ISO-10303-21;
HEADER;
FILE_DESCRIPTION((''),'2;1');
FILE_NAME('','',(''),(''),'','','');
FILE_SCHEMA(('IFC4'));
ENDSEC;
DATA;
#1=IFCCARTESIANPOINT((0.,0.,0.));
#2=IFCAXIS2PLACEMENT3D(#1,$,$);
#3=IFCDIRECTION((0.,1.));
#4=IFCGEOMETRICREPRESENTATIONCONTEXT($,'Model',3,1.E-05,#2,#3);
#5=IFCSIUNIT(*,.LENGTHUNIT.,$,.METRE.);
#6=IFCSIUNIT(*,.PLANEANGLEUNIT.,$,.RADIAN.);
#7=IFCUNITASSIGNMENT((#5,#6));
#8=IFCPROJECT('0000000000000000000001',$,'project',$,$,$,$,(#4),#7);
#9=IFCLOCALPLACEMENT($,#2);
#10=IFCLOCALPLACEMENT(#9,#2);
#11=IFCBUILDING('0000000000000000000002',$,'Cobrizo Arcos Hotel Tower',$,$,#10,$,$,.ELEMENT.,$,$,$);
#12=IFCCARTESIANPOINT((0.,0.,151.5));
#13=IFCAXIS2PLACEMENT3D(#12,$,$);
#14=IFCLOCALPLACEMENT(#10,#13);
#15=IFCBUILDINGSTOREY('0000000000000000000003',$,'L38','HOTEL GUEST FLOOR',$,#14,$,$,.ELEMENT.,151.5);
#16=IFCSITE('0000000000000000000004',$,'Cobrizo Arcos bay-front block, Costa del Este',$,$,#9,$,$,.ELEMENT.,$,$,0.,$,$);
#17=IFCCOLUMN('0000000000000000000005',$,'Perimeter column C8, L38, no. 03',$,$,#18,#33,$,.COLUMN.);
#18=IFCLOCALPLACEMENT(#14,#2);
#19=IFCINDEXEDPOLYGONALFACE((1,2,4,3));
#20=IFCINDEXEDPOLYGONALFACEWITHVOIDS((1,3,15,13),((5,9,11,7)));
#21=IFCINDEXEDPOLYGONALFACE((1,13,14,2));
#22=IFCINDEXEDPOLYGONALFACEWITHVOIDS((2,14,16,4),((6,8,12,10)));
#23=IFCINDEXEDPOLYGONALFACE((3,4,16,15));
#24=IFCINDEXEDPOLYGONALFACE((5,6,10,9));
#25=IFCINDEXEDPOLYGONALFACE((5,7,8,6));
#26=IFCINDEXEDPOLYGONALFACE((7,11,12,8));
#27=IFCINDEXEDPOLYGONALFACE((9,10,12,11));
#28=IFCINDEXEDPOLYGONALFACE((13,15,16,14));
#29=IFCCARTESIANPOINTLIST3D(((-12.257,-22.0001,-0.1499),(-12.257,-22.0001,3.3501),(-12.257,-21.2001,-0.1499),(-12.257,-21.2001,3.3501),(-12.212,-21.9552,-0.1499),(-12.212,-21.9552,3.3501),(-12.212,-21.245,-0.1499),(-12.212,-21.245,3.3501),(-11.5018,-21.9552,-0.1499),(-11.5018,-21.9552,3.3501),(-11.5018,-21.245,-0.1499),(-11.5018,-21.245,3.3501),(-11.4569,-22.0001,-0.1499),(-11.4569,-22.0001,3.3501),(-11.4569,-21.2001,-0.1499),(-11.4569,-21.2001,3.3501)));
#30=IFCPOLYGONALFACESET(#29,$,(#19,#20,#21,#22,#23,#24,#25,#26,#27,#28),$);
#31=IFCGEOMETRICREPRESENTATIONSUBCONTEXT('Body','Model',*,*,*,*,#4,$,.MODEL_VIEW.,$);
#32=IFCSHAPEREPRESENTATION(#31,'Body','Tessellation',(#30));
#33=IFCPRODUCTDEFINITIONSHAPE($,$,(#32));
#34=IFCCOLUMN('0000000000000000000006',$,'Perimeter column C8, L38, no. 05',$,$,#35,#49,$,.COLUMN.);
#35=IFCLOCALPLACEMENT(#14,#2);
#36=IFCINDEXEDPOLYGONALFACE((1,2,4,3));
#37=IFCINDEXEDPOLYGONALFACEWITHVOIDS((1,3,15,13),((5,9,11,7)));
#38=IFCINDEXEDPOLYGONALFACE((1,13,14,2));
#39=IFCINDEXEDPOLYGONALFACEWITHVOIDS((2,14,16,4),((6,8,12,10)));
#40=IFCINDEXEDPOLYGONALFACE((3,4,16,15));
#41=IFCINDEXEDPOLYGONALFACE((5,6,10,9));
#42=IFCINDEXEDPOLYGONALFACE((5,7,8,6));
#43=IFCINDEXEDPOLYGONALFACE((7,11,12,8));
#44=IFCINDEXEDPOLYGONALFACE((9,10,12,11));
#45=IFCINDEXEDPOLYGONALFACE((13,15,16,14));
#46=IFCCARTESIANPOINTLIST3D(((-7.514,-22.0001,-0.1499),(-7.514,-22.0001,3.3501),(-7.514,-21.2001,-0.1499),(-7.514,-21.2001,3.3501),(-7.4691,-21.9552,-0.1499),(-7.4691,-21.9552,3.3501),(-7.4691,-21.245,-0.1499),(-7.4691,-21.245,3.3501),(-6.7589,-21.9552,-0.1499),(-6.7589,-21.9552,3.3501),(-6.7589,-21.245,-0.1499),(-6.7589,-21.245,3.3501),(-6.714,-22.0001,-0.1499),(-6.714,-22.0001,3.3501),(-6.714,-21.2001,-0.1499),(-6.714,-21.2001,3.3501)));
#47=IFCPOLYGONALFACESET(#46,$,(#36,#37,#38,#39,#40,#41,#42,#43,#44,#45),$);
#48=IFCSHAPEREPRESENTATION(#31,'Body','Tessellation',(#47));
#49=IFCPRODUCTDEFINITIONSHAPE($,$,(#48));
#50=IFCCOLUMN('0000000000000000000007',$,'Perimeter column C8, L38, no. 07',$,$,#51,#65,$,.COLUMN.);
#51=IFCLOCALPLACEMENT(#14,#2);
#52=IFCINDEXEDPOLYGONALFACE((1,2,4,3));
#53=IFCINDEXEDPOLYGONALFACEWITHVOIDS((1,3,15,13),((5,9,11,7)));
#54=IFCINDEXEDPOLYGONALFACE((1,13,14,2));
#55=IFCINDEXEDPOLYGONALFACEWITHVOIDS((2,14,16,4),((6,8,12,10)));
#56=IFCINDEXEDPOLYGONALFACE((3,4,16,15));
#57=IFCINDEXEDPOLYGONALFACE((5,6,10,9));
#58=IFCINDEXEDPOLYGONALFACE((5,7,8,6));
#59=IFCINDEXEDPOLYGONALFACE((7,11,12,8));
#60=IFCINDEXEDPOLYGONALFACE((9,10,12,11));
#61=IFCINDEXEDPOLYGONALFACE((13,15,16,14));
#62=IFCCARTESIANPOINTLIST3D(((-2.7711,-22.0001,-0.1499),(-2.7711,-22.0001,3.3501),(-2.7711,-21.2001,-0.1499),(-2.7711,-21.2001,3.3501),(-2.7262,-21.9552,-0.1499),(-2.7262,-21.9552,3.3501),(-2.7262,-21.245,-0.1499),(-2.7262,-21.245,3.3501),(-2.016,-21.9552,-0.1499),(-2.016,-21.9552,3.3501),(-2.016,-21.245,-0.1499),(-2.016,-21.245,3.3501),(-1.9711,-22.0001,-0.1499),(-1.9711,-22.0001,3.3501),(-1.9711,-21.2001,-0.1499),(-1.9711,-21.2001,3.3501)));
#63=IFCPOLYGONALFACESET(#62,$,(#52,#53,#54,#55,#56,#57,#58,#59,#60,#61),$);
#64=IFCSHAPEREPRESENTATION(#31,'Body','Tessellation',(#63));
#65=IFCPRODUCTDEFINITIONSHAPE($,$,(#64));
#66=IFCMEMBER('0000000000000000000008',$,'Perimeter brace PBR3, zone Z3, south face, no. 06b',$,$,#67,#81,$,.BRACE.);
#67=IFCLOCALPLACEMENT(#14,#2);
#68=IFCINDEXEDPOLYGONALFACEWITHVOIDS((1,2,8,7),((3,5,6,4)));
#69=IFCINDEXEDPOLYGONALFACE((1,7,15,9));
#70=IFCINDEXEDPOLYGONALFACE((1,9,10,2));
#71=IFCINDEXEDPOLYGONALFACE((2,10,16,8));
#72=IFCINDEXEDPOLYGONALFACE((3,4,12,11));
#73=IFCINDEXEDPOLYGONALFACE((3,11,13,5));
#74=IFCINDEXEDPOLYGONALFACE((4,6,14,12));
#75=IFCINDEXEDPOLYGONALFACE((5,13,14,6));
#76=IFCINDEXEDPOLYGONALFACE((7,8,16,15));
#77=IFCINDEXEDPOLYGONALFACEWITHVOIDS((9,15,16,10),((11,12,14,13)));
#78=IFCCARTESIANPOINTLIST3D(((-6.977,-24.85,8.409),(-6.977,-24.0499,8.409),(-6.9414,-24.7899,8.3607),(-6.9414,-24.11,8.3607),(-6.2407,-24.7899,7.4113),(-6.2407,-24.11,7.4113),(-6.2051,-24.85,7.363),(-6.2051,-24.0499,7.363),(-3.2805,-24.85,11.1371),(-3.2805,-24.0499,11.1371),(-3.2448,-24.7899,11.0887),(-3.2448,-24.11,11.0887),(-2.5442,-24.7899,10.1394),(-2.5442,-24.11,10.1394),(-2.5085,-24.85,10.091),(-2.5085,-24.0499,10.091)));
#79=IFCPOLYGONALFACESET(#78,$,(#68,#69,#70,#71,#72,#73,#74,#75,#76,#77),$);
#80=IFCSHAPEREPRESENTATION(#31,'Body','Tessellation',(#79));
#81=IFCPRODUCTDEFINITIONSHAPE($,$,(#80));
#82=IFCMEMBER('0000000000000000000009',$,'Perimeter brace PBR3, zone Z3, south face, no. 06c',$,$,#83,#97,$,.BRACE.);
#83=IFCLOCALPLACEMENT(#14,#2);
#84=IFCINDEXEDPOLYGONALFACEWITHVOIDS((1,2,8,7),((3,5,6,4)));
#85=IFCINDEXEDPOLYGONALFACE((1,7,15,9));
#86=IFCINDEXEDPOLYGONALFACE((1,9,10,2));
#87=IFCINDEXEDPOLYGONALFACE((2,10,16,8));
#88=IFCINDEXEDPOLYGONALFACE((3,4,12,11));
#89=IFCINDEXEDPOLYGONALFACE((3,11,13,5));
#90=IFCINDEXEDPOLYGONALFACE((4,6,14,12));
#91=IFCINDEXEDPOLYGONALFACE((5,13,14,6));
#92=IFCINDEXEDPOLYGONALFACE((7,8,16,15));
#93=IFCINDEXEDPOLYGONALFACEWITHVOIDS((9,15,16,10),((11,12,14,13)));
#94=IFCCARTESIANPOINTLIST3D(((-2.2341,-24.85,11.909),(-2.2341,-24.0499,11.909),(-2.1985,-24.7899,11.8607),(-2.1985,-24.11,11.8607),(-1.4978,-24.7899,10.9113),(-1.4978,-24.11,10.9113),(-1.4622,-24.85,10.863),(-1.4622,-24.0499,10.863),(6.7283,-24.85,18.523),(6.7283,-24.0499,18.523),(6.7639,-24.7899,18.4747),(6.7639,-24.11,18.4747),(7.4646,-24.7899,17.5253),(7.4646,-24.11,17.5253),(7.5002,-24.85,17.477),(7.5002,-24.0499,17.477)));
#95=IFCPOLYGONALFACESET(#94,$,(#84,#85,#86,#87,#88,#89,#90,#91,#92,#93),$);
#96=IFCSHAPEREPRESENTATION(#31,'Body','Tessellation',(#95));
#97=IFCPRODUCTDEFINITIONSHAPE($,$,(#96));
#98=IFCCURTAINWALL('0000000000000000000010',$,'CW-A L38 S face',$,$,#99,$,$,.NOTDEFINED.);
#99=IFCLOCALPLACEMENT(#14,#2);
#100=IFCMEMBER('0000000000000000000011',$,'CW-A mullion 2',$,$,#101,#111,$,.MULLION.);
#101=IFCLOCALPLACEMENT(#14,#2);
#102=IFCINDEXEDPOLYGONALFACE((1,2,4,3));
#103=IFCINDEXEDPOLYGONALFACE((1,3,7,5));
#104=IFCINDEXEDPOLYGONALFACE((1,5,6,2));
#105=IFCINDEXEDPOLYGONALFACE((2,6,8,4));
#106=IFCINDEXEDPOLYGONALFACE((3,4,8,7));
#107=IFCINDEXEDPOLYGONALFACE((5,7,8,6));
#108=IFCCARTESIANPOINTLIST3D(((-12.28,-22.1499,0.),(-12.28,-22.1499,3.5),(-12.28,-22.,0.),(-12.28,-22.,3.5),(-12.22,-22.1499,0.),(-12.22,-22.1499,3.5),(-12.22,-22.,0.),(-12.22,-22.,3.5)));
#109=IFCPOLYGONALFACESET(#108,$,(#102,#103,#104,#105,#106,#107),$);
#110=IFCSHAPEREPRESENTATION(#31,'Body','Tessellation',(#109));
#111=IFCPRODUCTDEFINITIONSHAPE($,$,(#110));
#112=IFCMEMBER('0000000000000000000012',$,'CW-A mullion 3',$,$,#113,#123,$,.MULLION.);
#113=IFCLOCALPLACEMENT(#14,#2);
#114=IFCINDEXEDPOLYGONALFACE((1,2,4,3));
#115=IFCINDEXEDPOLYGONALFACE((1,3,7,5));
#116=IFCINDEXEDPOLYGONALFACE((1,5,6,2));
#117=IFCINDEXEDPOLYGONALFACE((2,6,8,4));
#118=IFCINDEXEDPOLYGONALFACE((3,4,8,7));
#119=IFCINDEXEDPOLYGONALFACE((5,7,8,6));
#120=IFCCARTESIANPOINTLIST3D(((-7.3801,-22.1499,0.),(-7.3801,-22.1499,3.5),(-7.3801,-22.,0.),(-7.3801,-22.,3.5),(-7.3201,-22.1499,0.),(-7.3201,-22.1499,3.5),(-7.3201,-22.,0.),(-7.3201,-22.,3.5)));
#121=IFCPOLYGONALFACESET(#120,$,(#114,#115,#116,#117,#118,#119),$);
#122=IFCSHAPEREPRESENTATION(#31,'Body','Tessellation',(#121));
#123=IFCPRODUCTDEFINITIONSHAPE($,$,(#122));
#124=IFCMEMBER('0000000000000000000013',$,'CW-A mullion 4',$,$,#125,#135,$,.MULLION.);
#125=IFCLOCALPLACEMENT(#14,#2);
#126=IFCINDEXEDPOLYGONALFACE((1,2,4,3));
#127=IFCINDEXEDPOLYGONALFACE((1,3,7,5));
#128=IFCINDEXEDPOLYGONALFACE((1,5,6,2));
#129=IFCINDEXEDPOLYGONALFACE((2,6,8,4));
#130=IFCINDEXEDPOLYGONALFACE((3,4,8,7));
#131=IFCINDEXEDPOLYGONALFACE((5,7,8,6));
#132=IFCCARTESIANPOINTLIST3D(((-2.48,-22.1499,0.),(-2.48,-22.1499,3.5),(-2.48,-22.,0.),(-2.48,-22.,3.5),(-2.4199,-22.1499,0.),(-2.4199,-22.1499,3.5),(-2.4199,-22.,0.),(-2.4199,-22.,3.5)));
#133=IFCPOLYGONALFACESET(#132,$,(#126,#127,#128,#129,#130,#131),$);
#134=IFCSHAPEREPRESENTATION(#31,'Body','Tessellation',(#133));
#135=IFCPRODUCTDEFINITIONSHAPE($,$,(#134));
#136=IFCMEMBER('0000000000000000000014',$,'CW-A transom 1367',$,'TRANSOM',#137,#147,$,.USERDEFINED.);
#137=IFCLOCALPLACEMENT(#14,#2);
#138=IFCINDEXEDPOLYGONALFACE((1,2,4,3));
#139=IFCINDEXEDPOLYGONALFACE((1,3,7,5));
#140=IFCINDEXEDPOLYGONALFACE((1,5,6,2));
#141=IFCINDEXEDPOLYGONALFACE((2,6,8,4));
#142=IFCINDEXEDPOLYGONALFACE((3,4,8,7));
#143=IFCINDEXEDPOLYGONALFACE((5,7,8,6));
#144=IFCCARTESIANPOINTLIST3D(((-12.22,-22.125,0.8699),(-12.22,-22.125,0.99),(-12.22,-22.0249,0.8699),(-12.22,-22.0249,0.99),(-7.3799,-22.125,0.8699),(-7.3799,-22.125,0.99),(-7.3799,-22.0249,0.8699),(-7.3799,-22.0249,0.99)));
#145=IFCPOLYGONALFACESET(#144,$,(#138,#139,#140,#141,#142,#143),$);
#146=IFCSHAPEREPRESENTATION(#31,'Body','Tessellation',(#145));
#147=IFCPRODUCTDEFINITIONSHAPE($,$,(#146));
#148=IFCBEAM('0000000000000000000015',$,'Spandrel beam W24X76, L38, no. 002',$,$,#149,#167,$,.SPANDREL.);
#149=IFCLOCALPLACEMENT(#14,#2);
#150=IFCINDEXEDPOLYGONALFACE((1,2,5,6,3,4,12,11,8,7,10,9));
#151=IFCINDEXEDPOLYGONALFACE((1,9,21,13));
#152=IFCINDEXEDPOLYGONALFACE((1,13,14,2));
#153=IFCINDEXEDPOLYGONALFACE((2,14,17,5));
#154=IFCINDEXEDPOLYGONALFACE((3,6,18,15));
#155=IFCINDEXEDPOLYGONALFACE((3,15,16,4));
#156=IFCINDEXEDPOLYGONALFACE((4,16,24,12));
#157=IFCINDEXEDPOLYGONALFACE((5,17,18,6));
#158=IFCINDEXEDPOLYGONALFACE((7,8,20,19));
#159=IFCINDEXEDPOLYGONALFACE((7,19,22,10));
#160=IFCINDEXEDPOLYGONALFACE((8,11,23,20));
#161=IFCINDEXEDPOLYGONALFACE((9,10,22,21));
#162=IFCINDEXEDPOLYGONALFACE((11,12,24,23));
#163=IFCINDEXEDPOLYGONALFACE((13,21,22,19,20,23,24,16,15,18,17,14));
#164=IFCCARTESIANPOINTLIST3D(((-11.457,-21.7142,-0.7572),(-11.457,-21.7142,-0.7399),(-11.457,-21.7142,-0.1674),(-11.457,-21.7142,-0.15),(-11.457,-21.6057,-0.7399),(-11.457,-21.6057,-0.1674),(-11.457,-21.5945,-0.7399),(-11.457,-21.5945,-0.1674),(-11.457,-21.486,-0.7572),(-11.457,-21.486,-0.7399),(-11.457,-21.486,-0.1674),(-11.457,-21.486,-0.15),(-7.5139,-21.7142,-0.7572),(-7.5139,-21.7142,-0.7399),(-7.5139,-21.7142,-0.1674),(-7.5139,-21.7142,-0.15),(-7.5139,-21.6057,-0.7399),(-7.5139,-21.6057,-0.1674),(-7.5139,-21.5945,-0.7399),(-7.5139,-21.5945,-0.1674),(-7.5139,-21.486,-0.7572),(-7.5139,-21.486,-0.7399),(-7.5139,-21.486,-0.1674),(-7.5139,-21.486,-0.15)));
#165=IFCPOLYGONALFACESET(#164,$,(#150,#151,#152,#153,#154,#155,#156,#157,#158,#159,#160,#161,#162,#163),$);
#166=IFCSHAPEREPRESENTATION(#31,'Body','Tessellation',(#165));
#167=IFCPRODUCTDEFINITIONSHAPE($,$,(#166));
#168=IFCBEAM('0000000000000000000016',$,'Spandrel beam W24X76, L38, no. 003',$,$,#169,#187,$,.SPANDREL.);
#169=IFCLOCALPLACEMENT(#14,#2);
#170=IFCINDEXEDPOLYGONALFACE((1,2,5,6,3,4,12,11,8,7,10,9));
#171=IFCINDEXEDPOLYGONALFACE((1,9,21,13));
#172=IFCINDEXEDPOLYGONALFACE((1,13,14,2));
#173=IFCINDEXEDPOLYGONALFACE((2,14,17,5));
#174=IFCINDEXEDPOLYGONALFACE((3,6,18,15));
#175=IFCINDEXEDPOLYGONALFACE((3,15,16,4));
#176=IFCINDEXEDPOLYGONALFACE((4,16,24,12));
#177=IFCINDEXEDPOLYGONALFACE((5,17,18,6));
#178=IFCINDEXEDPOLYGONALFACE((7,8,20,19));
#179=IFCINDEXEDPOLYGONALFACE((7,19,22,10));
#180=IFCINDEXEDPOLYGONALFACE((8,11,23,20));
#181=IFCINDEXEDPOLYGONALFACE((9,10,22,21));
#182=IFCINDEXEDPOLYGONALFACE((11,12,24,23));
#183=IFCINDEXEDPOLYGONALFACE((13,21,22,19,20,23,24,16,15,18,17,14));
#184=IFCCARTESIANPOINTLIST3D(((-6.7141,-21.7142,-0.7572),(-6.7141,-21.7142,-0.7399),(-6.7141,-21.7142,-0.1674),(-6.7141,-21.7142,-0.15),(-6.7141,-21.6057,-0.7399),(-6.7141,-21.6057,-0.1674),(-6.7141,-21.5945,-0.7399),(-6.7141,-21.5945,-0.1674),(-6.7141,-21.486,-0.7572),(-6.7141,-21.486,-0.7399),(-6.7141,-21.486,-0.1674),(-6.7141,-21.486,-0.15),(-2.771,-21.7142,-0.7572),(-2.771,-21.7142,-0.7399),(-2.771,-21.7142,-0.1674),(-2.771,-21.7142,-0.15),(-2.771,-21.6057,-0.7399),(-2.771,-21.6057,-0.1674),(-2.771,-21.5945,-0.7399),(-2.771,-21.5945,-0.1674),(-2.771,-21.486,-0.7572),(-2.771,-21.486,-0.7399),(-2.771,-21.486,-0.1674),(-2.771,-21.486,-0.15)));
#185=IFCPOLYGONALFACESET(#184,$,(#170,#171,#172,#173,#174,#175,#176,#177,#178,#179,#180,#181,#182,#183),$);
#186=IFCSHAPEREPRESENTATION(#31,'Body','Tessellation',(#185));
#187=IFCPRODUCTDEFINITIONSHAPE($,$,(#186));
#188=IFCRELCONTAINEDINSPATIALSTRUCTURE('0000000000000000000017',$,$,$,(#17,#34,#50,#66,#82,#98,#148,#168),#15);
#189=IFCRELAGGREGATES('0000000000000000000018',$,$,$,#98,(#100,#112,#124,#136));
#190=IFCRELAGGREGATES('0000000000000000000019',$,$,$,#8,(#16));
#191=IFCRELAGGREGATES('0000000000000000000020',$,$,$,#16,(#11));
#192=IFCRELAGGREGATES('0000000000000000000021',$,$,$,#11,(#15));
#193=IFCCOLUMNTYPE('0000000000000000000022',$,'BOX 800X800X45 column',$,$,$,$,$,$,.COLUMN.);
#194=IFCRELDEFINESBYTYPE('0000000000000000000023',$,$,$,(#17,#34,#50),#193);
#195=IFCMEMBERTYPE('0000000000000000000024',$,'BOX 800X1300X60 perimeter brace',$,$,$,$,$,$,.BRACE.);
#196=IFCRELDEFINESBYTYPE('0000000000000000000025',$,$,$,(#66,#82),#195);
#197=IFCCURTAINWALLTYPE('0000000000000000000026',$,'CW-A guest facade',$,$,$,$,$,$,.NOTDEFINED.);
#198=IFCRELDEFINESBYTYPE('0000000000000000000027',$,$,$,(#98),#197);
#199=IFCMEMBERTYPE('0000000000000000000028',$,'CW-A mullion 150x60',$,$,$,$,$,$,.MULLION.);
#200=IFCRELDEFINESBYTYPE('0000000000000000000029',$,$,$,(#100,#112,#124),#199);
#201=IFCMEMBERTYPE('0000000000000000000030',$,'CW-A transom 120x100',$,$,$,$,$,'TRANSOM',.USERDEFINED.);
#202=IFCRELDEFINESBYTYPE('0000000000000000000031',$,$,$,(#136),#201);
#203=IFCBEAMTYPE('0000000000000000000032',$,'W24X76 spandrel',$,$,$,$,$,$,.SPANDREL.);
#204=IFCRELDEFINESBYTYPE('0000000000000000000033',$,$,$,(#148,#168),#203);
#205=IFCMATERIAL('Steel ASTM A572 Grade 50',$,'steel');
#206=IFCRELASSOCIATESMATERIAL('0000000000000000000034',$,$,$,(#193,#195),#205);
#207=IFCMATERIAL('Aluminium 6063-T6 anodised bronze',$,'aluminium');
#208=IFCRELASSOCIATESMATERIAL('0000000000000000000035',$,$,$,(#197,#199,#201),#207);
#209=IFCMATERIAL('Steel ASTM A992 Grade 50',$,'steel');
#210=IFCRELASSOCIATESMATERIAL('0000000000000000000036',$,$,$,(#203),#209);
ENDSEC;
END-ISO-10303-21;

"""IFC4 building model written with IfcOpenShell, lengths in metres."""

from ifc_helpers import new_model, si_unit, direction, frame, origin, origin_2d, place, context, subcontext, project, spatial, rectangle, hollow_rectangle, i_section, extrude, material, material_profile, profile_set, type_object, element, aggregate, save


model = new_model("IFC4")

# Units and contexts
model_context = context("Model", 3, precision=1e-05, world=origin(), true_north=direction((0.0, 1.0)))
body_context = subcontext(model_context, "Body", "Model", "MODEL_VIEW")
ifc_project = project(units=[si_unit("LENGTHUNIT", "METRE"), si_unit("PLANEANGLEUNIT", "RADIAN")], contexts=[model_context])

# Site, building, storey
site_placement = place(None, origin())
site = spatial("IfcSite", under=ifc_project, at=site_placement, Name="Cobrizo Arcos bay-front block, Costa del Este", CompositionType="ELEMENT", RefElevation=0.0)
building_placement = place(site_placement, origin())
building = spatial("IfcBuilding", under=site, at=building_placement, Name="Cobrizo Arcos Hotel Tower", CompositionType="ELEMENT")
storey_placement = place(building_placement, frame((0.0, 0.0, 151.5)))
storey = spatial("IfcBuildingStorey", under=building, at=storey_placement, Name="L38", Description="HOTEL GUEST FLOOR", CompositionType="ELEMENT", Elevation=151.5)

# Columns
ifc_material_1 = material(Name="Steel ASTM A572 Grade 50", Category="steel")
ifc_material_profile_1 = material_profile(ifc_material_1, hollow_rectangle(XDim=0.8, YDim=0.8, WallThickness=0.0449, at=origin_2d()), Name="BOX 800X800X45")
ifc_profile_set_1 = profile_set([ifc_material_profile_1], Name="Steel ASTM A572 Grade 50")
column_type = type_object("IfcColumnType", Name="BOX 800X800X45 column", PredefinedType="COLUMN", material=ifc_profile_set_1)
for number, where, z_axis, x_axis, name in (
    (1, (-11.8569, -21.6001, -0.1499), (0.0, 0.0, 1.0), (1.0, 0.0, 0.0), "Perimeter column C8, L38, no. 03"),
    (2, (-7.114, -21.6001, -0.1499), (0.0, 0.0, 1.0), (1.0, 0.0, 0.0), "Perimeter column C8, L38, no. 05"),
    (3, (-2.3711, -21.6001, -0.1499), (0.0, 0.0, 1.0), (1.0, 0.0, 0.0), "Perimeter column C8, L38, no. 07"),
):
    element("IfcColumn", number, at=place(storey_placement, frame(where, z_axis=z_axis, x_axis=x_axis)), inside=storey, type_object=column_type, Name=name, PredefinedType="COLUMN", context=body_context, shape_type="SweptSolid", body=[
        extrude(hollow_rectangle(XDim=0.8, YDim=0.8, WallThickness=0.0449, at=origin_2d()), origin(), (0.0, 0.0, 1.0), 3.5),
    ])

# Members
ifc_material_profile_2 = material_profile(ifc_material_1, hollow_rectangle(XDim=0.8, YDim=1.3, WallThickness=0.0601, at=origin_2d()), Name="BOX 800X1300X60")
ifc_profile_set_2 = profile_set([ifc_material_profile_2], Name="Steel ASTM A572 Grade 50")
member_type_1 = type_object("IfcMemberType", Name="BOX 800X1300X60 perimeter brace", PredefinedType="BRACE", material=ifc_profile_set_2)
member_1_placement = place(storey_placement, frame((-6.5911, -24.45, 7.886), z_axis=(0.804612, 0.0, 0.593801), x_axis=(0.0, 1.0, 0.0)))
element("IfcMember", 4, at=member_1_placement, inside=storey, type_object=member_type_1, Name="Perimeter brace PBR3, zone Z3, south face, no. 06b", PredefinedType="BRACE", context=body_context, shape_type="SweptSolid", body=[
    extrude(hollow_rectangle(XDim=0.8, YDim=1.3, WallThickness=0.0601, at=origin_2d()), origin(), (0.0, 0.0, 1.0), 4.5942),
])
member_2_placement = place(storey_placement, frame((-1.8481, -24.45, 11.386), z_axis=(0.804621, 0.0, 0.593789), x_axis=(0.0, 1.0, 0.0)))
element("IfcMember", 5, at=member_2_placement, inside=storey, type_object=member_type_1, Name="Perimeter brace PBR3, zone Z3, south face, no. 06c", PredefinedType="BRACE", context=body_context, shape_type="SweptSolid", body=[
    extrude(hollow_rectangle(XDim=0.8, YDim=1.3, WallThickness=0.0601, at=origin_2d()), origin(), (0.0, 0.0, 1.0), 11.1387),
])

# Curtain wall, members
ifc_material_2 = material(Name="Aluminium 6063-T6 anodised bronze", Category="aluminium")
curtain_wall_type = type_object("IfcCurtainWallType", Name="CW-A guest facade", PredefinedType="NOTDEFINED", material=ifc_material_2)
curtain_wall_placement = place(storey_placement, origin())
curtain_wall = element("IfcCurtainWall", 6, at=curtain_wall_placement, inside=storey, type_object=curtain_wall_type, Name="CW-A L38 S face", PredefinedType="NOTDEFINED")
ifc_material_profile_3 = material_profile(ifc_material_2, rectangle(XDim=0.1499, YDim=0.0601, at=origin_2d()), Name="CW-A mullion 150x60")
ifc_profile_set_3 = profile_set([ifc_material_profile_3], Name="Aluminium 6063-T6 anodised bronze")
member_type_2 = type_object("IfcMemberType", Name="CW-A mullion 150x60", PredefinedType="MULLION", material=ifc_profile_set_3)
member_3_placement = place(storey_placement, frame((-12.25, -22.075, 0.0), z_axis=(0.0, 0.0, 1.0), x_axis=(0.0, -1.0, 0.0)))
member_3 = element("IfcMember", 7, at=member_3_placement, type_object=member_type_2, Name="CW-A mullion 2", PredefinedType="MULLION", context=body_context, shape_type="SweptSolid", body=[
    extrude(rectangle(XDim=0.1499, YDim=0.0601, at=origin_2d()), origin(), (0.0, 0.0, 1.0), 3.5),
])
member_4_placement = place(storey_placement, frame((-7.3501, -22.075, 0.0), z_axis=(0.0, 0.0, 1.0), x_axis=(0.0, -1.0, 0.0)))
member_4 = element("IfcMember", 8, at=member_4_placement, type_object=member_type_2, Name="CW-A mullion 3", PredefinedType="MULLION", context=body_context, shape_type="SweptSolid", body=[
    extrude(rectangle(XDim=0.1499, YDim=0.0601, at=origin_2d()), origin(), (0.0, 0.0, 1.0), 3.5),
])
member_5_placement = place(storey_placement, frame((-2.45, -22.075, 0.0), z_axis=(0.0, 0.0, 1.0), x_axis=(0.0, -1.0, 0.0)))
member_5 = element("IfcMember", 9, at=member_5_placement, type_object=member_type_2, Name="CW-A mullion 4", PredefinedType="MULLION", context=body_context, shape_type="SweptSolid", body=[
    extrude(rectangle(XDim=0.1499, YDim=0.0601, at=origin_2d()), origin(), (0.0, 0.0, 1.0), 3.5),
])
ifc_material_profile_4 = material_profile(ifc_material_2, rectangle(XDim=0.1001, YDim=0.1201, at=origin_2d()), Name="CW-A transom 120x100")
ifc_profile_set_4 = profile_set([ifc_material_profile_4], Name="Aluminium 6063-T6 anodised bronze")
member_type_3 = type_object("IfcMemberType", Name="CW-A transom 120x100", ElementType="TRANSOM", PredefinedType="USERDEFINED", material=ifc_profile_set_4)
member_6_placement = place(storey_placement, frame((-12.22, -22.075, 0.9299), z_axis=(1.0, 0.0, 0.0), x_axis=(0.0, 1.0, 0.0)))
member_6 = element("IfcMember", 10, at=member_6_placement, type_object=member_type_3, Name="CW-A transom 1367", ObjectType="TRANSOM", PredefinedType="USERDEFINED", context=body_context, shape_type="SweptSolid", body=[
    extrude(rectangle(XDim=0.1001, YDim=0.1201, at=origin_2d()), origin(), (0.0, 0.0, 1.0), 4.8401),
])

# Beams
ifc_material_3 = material(Name="Steel ASTM A992 Grade 50", Category="steel")
ifc_material_profile_5 = material_profile(ifc_material_3, i_section(OverallWidth=0.2283, OverallDepth=0.6072, WebThickness=0.0112, FlangeThickness=0.0173, at=origin_2d()), Name="W24X76")
ifc_profile_set_5 = profile_set([ifc_material_profile_5], Name="Steel ASTM A992 Grade 50")
beam_type = type_object("IfcBeamType", Name="W24X76 spandrel", PredefinedType="SPANDREL", material=ifc_profile_set_5)
for number, where, z_axis, x_axis, name in (
    (11, (-11.457, -21.6001, -0.4536), (1.0, 0.0, 0.0), (0.0, 1.0, 0.0), "Spandrel beam W24X76, L38, no. 002"),
    (12, (-6.7141, -21.6001, -0.4536), (1.0, 0.0, 0.0), (0.0, 1.0, 0.0), "Spandrel beam W24X76, L38, no. 003"),
):
    element("IfcBeam", number, at=place(storey_placement, frame(where, z_axis=z_axis, x_axis=x_axis)), inside=storey, type_object=beam_type, Name=name, PredefinedType="SPANDREL", context=body_context, shape_type="SweptSolid", body=[
        extrude(i_section(OverallWidth=0.2283, OverallDepth=0.6072, WebThickness=0.0112, FlangeThickness=0.0173, at=origin_2d()), origin(), (0.0, 0.0, 1.0), 3.9431),
    ])

aggregate(curtain_wall, [member_3, member_4, member_5, member_6])

save(model, "model.ifc")
